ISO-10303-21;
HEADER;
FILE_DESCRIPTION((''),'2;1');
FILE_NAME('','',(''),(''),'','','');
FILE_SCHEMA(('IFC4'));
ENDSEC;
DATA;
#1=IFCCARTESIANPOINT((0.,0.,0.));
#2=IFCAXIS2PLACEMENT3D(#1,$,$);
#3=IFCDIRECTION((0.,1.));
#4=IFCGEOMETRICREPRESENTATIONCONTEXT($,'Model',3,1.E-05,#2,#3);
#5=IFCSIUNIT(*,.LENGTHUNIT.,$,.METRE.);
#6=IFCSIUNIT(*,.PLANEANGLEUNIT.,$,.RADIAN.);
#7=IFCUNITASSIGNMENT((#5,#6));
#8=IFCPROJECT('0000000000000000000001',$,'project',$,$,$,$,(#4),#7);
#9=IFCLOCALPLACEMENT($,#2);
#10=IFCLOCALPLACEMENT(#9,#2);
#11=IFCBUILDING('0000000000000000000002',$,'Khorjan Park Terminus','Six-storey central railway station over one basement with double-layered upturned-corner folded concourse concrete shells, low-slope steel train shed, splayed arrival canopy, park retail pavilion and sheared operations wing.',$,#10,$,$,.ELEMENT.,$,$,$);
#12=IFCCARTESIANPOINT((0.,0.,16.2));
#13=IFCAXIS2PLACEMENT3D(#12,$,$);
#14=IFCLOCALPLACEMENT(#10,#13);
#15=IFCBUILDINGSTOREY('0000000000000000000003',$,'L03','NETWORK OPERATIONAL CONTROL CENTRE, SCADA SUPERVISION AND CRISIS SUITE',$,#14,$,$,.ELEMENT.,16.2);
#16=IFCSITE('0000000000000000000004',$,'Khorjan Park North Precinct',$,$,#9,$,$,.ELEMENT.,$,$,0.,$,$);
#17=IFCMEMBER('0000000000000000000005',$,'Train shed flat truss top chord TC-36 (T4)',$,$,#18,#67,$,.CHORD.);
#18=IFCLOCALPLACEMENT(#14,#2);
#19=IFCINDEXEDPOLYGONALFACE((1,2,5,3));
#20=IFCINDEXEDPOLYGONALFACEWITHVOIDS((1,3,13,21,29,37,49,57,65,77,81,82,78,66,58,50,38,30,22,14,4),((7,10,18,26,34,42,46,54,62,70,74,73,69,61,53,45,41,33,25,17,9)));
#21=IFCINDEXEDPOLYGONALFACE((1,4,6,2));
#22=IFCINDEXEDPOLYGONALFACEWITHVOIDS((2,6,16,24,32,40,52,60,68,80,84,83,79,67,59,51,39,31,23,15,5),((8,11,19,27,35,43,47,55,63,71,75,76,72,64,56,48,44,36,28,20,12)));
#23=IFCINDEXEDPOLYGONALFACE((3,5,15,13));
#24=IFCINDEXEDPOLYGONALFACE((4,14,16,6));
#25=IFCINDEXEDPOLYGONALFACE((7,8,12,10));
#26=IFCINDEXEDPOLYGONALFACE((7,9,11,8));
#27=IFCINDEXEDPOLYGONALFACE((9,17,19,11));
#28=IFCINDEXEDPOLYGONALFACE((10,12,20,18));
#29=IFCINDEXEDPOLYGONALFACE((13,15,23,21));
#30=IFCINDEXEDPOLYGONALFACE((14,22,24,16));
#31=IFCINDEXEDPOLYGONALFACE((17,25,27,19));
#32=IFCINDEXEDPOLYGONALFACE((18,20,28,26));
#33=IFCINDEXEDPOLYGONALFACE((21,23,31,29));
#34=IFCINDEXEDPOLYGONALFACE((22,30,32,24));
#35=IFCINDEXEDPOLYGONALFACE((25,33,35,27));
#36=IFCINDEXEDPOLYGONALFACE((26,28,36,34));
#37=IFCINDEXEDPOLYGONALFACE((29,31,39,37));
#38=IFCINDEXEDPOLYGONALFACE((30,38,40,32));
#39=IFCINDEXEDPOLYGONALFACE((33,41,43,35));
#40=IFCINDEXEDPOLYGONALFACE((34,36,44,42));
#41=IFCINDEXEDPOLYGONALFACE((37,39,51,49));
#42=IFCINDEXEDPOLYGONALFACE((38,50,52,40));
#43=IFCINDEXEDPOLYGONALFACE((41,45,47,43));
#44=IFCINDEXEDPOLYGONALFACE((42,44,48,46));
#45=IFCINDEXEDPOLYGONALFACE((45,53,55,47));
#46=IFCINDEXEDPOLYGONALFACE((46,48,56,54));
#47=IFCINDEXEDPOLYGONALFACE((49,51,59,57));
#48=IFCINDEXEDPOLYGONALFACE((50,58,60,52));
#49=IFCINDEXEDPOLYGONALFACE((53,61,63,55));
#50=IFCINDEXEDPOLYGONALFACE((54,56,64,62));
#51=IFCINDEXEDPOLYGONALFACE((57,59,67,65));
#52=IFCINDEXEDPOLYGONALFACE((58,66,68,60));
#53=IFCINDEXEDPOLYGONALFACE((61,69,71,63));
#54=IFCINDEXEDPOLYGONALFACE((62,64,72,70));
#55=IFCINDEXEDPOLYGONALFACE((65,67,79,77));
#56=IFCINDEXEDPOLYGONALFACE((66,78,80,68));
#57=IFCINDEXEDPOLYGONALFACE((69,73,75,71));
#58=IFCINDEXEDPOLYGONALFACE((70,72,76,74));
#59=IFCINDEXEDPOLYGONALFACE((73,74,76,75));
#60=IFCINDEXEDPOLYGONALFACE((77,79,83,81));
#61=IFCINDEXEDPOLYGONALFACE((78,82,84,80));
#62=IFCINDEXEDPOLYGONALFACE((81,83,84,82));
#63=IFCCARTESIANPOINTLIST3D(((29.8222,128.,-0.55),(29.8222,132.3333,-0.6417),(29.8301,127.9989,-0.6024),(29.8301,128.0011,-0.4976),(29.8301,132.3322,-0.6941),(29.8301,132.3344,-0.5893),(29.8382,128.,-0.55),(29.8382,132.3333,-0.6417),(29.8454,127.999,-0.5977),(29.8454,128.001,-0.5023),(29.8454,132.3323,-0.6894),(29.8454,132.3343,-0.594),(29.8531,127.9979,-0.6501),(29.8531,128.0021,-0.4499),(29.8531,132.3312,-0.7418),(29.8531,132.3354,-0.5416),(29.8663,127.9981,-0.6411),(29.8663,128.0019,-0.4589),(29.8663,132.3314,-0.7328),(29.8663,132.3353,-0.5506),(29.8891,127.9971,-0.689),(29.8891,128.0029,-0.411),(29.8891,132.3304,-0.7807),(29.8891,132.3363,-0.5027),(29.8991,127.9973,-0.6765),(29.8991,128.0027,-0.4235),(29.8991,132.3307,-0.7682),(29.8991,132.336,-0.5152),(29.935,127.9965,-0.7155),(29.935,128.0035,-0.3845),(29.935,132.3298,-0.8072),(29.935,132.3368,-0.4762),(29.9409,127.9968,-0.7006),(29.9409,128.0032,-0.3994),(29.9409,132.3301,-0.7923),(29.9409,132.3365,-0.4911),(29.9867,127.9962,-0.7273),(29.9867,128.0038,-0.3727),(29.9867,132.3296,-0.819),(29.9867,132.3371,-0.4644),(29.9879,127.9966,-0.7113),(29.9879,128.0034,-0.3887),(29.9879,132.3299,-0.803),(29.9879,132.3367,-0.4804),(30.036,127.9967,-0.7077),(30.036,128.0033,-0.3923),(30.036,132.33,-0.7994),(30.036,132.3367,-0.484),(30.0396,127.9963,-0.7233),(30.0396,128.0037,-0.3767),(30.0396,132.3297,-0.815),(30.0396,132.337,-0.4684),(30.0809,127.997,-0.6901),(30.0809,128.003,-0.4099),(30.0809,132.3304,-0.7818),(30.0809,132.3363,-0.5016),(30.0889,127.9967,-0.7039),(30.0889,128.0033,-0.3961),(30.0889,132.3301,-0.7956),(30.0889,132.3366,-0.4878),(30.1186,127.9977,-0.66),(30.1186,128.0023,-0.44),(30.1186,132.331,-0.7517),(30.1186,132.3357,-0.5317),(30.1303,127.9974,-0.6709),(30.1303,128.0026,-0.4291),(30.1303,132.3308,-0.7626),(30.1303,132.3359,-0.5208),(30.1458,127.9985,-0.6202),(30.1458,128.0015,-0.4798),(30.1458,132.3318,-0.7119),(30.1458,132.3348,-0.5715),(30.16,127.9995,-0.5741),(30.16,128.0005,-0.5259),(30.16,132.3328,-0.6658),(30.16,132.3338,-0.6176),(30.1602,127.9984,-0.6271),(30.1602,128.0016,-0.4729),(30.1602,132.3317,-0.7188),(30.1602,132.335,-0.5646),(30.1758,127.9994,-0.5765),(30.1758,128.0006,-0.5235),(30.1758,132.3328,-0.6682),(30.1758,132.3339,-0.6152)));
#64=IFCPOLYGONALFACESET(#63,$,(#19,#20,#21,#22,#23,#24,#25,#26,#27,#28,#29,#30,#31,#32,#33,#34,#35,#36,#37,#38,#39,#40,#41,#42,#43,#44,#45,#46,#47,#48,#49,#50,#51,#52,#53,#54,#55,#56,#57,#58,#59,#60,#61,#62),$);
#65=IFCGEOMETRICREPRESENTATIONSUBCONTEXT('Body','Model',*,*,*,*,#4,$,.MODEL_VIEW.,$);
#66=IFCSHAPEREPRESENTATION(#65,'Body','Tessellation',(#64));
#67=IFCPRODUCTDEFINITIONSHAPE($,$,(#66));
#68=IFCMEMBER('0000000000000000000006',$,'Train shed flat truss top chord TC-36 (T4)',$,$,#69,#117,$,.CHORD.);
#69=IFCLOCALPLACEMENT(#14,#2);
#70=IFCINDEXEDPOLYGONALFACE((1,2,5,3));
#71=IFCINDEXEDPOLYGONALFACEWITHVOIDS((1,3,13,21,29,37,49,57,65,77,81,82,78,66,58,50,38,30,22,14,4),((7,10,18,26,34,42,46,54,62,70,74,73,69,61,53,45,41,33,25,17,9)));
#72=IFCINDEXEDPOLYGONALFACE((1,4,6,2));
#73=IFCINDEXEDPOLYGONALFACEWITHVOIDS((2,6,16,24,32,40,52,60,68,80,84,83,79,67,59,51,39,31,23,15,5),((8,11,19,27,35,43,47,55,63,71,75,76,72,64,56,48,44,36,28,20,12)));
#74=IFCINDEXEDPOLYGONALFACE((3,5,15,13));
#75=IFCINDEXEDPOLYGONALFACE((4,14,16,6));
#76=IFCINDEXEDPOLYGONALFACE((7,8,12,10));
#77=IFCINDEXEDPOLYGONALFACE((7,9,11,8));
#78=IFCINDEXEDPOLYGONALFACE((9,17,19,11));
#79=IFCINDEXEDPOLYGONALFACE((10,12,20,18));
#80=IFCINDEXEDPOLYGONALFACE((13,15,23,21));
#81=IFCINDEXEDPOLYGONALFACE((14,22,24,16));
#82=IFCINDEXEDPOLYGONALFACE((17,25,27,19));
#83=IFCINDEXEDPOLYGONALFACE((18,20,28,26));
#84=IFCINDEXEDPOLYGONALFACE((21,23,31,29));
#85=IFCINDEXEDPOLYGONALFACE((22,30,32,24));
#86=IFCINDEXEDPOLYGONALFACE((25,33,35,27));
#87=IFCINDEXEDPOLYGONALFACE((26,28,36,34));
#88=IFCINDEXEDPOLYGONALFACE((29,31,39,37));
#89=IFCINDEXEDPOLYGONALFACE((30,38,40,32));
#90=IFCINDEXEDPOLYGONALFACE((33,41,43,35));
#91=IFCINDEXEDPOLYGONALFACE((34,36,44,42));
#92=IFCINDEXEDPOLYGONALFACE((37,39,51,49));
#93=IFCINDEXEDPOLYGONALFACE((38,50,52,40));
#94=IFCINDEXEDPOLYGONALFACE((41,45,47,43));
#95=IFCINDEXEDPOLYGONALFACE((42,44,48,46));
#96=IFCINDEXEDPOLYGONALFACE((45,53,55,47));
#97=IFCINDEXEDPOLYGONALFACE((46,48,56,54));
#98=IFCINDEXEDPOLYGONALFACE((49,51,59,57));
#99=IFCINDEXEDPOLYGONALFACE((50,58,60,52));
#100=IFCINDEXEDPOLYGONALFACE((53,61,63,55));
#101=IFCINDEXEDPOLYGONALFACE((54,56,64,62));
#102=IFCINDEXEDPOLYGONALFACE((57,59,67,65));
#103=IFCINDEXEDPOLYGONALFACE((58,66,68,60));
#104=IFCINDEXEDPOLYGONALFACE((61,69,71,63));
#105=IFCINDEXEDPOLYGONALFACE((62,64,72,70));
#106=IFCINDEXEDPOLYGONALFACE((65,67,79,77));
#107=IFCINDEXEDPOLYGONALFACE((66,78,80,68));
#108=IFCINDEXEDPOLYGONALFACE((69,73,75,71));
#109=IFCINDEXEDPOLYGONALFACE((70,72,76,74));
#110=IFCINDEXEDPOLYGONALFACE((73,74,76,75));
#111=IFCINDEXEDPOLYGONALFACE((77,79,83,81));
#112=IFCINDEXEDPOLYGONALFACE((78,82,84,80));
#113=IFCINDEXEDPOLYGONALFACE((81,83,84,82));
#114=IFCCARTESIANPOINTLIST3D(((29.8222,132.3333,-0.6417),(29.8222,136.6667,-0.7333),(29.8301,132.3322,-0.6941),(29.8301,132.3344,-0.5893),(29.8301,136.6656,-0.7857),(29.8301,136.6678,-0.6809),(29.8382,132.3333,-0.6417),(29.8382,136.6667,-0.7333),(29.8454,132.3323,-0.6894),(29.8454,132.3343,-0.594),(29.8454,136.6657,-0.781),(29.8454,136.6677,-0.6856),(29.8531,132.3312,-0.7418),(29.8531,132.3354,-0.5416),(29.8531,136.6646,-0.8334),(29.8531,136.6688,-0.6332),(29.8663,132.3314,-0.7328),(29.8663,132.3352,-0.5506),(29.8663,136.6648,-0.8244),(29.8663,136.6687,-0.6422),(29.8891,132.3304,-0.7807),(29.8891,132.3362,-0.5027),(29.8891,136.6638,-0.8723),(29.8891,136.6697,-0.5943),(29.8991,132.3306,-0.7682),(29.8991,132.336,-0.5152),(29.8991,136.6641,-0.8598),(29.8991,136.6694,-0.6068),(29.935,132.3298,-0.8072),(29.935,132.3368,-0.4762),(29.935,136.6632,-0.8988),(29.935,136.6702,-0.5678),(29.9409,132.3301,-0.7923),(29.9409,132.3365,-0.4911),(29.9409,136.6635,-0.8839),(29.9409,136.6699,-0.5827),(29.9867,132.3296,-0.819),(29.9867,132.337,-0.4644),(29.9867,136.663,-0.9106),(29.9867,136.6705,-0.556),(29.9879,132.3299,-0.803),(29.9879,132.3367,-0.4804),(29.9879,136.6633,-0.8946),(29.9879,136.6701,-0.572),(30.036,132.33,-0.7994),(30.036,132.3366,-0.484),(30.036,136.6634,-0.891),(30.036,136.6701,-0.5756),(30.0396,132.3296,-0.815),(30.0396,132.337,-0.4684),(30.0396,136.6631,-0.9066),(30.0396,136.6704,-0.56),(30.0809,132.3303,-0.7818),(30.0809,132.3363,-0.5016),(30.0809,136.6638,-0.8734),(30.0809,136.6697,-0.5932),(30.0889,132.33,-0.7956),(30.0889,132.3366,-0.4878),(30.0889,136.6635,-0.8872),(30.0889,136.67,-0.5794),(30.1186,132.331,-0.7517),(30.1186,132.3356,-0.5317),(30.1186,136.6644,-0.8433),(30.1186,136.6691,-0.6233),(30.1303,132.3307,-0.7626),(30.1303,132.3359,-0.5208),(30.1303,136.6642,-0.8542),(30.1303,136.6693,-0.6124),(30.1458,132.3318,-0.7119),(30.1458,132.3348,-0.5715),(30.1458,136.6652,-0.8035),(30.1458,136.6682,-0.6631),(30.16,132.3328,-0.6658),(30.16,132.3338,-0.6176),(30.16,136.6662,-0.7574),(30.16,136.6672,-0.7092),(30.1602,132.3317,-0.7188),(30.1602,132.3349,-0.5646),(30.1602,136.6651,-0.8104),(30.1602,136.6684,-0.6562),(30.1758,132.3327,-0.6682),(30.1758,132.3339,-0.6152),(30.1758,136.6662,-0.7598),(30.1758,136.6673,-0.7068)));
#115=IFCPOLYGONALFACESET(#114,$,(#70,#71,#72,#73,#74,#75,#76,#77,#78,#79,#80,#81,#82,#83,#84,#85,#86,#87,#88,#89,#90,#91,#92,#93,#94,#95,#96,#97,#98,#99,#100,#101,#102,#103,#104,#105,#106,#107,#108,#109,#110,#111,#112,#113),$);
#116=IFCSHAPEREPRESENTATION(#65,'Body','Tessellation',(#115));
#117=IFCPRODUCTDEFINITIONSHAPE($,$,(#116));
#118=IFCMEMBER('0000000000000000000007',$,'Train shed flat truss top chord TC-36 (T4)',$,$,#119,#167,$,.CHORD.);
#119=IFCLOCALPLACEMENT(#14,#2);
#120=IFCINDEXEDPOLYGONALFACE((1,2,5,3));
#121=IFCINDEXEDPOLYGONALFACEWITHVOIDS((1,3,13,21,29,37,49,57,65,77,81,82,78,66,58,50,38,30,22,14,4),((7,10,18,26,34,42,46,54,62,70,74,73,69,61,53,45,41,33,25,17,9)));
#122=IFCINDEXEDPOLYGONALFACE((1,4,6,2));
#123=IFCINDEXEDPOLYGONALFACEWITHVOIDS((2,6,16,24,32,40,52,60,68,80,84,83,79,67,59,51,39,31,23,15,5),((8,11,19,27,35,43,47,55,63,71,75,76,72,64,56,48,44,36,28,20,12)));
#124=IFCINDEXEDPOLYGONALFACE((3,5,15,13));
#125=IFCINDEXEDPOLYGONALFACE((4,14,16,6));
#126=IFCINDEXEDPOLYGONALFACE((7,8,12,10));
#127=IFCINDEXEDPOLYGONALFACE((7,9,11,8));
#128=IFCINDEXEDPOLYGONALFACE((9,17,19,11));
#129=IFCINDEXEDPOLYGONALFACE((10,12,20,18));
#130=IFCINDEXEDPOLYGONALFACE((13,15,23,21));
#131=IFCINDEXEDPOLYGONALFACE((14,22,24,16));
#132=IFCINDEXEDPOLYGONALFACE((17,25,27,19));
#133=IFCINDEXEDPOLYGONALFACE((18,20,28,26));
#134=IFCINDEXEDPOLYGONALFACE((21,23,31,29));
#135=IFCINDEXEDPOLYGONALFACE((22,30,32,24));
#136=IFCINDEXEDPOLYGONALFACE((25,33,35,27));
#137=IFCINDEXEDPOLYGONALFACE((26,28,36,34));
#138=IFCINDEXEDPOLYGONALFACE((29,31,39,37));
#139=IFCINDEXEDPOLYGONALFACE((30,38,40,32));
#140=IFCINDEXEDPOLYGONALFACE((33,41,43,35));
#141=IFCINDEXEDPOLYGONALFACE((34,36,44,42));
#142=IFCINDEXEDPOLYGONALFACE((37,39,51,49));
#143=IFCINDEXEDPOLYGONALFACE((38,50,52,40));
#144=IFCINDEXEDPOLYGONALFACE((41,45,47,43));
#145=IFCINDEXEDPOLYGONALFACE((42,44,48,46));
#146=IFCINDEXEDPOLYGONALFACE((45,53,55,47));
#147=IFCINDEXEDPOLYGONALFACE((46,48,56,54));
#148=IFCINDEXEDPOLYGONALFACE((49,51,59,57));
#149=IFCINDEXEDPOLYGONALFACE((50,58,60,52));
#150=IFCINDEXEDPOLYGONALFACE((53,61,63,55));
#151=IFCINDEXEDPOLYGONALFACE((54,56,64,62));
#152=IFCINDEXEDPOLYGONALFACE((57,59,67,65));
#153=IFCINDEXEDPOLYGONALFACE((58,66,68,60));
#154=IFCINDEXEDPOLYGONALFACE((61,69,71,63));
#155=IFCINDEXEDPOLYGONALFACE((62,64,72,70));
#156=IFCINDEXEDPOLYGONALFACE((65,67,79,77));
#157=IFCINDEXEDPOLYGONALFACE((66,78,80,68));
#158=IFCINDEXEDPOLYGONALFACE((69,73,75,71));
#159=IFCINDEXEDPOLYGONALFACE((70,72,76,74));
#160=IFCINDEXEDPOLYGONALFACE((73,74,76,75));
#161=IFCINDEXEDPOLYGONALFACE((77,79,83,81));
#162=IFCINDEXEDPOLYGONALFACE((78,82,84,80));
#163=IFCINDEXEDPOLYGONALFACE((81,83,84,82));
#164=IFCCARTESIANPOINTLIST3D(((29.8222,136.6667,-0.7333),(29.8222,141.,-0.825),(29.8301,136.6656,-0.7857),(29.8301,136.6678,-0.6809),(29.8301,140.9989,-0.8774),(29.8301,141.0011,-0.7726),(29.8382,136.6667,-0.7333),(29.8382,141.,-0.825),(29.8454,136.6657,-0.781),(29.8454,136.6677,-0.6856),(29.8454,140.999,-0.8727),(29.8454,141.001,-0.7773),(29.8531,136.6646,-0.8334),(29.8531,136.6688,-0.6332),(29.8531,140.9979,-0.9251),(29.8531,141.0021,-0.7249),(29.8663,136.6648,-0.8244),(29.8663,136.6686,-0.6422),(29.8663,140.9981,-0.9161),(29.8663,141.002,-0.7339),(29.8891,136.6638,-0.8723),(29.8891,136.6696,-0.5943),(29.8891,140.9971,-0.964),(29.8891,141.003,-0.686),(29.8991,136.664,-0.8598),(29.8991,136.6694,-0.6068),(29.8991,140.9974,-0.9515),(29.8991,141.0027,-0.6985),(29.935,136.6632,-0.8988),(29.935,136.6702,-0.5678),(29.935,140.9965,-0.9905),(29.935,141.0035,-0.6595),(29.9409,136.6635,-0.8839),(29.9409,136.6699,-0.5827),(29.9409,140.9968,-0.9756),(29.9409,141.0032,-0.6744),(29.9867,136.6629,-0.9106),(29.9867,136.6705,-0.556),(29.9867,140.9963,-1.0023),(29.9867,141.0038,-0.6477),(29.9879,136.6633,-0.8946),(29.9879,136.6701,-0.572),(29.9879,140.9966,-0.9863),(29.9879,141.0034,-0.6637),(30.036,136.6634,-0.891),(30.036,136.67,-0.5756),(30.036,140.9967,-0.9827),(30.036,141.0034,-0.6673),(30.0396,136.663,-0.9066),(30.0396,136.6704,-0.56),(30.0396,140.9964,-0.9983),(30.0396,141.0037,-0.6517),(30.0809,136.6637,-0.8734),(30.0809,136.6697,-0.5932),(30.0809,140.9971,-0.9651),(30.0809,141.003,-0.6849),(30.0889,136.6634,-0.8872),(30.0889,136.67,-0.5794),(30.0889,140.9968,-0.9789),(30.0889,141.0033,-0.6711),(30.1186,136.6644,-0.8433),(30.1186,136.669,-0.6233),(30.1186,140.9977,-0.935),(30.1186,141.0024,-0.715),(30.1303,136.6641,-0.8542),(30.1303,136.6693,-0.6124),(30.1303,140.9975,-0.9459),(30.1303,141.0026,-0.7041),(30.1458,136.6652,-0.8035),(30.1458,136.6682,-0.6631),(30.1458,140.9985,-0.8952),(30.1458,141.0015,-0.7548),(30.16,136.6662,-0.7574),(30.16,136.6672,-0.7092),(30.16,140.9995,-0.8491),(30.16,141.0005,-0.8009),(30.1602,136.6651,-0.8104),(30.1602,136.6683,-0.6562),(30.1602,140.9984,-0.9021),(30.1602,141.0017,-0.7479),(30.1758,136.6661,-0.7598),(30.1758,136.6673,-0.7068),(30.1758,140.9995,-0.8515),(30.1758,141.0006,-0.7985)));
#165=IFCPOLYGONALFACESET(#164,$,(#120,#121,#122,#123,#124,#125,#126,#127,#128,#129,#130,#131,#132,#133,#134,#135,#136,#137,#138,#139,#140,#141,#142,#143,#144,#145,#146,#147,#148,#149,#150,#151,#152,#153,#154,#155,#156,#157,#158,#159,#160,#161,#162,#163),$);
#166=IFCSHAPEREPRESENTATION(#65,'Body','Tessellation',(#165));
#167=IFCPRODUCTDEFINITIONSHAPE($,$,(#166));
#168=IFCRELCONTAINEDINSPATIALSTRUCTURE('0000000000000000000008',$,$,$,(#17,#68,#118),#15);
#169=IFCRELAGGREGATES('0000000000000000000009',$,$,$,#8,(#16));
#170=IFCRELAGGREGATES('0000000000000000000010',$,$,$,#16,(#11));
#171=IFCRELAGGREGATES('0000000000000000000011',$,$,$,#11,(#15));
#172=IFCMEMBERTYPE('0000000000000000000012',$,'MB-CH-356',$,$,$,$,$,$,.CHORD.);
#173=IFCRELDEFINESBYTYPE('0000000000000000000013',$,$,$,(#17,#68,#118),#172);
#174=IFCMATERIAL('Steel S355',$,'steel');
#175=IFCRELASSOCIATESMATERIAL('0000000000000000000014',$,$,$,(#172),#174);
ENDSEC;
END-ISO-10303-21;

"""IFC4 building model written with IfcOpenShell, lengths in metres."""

from ifc_helpers import new_model, si_unit, direction, frame, origin, origin_2d, place, context, subcontext, project, spatial, hollow_circle, extrude, material, material_profile, profile_set, type_object, element, save


model = new_model("IFC4")

# Units and contexts
model_context = context("Model", 3, precision=1e-05, world=origin(), true_north=direction((0.0, 1.0)))
body_context = subcontext(model_context, "Body", "Model", "MODEL_VIEW")
ifc_project = project(units=[si_unit("LENGTHUNIT", "METRE"), si_unit("PLANEANGLEUNIT", "RADIAN")], contexts=[model_context])

# Site, building, storey
site_placement = place(None, origin())
site = spatial("IfcSite", under=ifc_project, at=site_placement, Name="Khorjan Park North Precinct", CompositionType="ELEMENT", RefElevation=0.0)
building_placement = place(site_placement, origin())
building = spatial("IfcBuilding", under=site, at=building_placement, Name="Khorjan Park Terminus", Description="Six-storey central railway station over one basement with double-layered upturned-corner folded concourse concrete shells, low-slope steel train shed, splayed arrival canopy, park retail pavilion and sheared operations wing.", CompositionType="ELEMENT")
storey_placement = place(building_placement, frame((0.0, 0.0, 16.2)))
storey = spatial("IfcBuildingStorey", under=building, at=storey_placement, Name="L03", Description="NETWORK OPERATIONAL CONTROL CENTRE, SCADA SUPERVISION AND CRISIS SUITE", CompositionType="ELEMENT", Elevation=16.2)

# Members
ifc_material_1 = material(Name="Steel S355", Category="steel")
ifc_material_profile_1 = material_profile(ifc_material_1, hollow_circle(Radius=0.1778, WallThickness=0.016, at=origin_2d()), Name="CHS 355.6x16")
ifc_profile_set_1 = profile_set([ifc_material_profile_1], Name="Steel S355")
member_type_1 = type_object("IfcMemberType", Name="MB-CH-356", PredefinedType="CHORD", material=ifc_profile_set_1)
member_1_placement = place(storey_placement, frame((30.0, 128.0, -0.55), z_axis=(0.0, 0.999776, -0.021157), x_axis=(-1.0, 0.0, 0.0)))
element("IfcMember", 1, at=member_1_placement, inside=storey, type_object=member_type_1, Name="Train shed flat truss top chord TC-36 (T4)", PredefinedType="CHORD", context=body_context, shape_type="SweptSolid", body=[
    extrude(hollow_circle(Radius=0.1778, WallThickness=0.016, at=origin_2d()), origin(), (0.0, 0.0, 1.0), 4.3343),
])
member_2_placement = place(storey_placement, frame((30.0, 132.3333, -0.6417), z_axis=(0.0, 0.999777, -0.021133), x_axis=(-1.0, 0.0, 0.0)))
element("IfcMember", 2, at=member_2_placement, inside=storey, type_object=member_type_1, Name="Train shed flat truss top chord TC-36 (T4)", PredefinedType="CHORD", context=body_context, shape_type="SweptSolid", body=[
    extrude(hollow_circle(Radius=0.1778, WallThickness=0.016, at=origin_2d()), origin(), (0.0, 0.0, 1.0), 4.3344),
])
for number, where, z_axis, x_axis, name in (
    (3, (30.0, 136.6667, -0.7333), (0.0, 0.999776, -0.021157), (-1.0, 0.0, 0.0), "Train shed flat truss top chord TC-36 (T4)"),
):
    element("IfcMember", number, at=place(storey_placement, frame(where, z_axis=z_axis, x_axis=x_axis)), inside=storey, type_object=member_type_1, Name=name, PredefinedType="CHORD", context=body_context, shape_type="SweptSolid", body=[
        extrude(hollow_circle(Radius=0.1778, WallThickness=0.016, at=origin_2d()), origin(), (0.0, 0.0, 1.0), 4.3343),
    ])

save(model, "model.ifc")
